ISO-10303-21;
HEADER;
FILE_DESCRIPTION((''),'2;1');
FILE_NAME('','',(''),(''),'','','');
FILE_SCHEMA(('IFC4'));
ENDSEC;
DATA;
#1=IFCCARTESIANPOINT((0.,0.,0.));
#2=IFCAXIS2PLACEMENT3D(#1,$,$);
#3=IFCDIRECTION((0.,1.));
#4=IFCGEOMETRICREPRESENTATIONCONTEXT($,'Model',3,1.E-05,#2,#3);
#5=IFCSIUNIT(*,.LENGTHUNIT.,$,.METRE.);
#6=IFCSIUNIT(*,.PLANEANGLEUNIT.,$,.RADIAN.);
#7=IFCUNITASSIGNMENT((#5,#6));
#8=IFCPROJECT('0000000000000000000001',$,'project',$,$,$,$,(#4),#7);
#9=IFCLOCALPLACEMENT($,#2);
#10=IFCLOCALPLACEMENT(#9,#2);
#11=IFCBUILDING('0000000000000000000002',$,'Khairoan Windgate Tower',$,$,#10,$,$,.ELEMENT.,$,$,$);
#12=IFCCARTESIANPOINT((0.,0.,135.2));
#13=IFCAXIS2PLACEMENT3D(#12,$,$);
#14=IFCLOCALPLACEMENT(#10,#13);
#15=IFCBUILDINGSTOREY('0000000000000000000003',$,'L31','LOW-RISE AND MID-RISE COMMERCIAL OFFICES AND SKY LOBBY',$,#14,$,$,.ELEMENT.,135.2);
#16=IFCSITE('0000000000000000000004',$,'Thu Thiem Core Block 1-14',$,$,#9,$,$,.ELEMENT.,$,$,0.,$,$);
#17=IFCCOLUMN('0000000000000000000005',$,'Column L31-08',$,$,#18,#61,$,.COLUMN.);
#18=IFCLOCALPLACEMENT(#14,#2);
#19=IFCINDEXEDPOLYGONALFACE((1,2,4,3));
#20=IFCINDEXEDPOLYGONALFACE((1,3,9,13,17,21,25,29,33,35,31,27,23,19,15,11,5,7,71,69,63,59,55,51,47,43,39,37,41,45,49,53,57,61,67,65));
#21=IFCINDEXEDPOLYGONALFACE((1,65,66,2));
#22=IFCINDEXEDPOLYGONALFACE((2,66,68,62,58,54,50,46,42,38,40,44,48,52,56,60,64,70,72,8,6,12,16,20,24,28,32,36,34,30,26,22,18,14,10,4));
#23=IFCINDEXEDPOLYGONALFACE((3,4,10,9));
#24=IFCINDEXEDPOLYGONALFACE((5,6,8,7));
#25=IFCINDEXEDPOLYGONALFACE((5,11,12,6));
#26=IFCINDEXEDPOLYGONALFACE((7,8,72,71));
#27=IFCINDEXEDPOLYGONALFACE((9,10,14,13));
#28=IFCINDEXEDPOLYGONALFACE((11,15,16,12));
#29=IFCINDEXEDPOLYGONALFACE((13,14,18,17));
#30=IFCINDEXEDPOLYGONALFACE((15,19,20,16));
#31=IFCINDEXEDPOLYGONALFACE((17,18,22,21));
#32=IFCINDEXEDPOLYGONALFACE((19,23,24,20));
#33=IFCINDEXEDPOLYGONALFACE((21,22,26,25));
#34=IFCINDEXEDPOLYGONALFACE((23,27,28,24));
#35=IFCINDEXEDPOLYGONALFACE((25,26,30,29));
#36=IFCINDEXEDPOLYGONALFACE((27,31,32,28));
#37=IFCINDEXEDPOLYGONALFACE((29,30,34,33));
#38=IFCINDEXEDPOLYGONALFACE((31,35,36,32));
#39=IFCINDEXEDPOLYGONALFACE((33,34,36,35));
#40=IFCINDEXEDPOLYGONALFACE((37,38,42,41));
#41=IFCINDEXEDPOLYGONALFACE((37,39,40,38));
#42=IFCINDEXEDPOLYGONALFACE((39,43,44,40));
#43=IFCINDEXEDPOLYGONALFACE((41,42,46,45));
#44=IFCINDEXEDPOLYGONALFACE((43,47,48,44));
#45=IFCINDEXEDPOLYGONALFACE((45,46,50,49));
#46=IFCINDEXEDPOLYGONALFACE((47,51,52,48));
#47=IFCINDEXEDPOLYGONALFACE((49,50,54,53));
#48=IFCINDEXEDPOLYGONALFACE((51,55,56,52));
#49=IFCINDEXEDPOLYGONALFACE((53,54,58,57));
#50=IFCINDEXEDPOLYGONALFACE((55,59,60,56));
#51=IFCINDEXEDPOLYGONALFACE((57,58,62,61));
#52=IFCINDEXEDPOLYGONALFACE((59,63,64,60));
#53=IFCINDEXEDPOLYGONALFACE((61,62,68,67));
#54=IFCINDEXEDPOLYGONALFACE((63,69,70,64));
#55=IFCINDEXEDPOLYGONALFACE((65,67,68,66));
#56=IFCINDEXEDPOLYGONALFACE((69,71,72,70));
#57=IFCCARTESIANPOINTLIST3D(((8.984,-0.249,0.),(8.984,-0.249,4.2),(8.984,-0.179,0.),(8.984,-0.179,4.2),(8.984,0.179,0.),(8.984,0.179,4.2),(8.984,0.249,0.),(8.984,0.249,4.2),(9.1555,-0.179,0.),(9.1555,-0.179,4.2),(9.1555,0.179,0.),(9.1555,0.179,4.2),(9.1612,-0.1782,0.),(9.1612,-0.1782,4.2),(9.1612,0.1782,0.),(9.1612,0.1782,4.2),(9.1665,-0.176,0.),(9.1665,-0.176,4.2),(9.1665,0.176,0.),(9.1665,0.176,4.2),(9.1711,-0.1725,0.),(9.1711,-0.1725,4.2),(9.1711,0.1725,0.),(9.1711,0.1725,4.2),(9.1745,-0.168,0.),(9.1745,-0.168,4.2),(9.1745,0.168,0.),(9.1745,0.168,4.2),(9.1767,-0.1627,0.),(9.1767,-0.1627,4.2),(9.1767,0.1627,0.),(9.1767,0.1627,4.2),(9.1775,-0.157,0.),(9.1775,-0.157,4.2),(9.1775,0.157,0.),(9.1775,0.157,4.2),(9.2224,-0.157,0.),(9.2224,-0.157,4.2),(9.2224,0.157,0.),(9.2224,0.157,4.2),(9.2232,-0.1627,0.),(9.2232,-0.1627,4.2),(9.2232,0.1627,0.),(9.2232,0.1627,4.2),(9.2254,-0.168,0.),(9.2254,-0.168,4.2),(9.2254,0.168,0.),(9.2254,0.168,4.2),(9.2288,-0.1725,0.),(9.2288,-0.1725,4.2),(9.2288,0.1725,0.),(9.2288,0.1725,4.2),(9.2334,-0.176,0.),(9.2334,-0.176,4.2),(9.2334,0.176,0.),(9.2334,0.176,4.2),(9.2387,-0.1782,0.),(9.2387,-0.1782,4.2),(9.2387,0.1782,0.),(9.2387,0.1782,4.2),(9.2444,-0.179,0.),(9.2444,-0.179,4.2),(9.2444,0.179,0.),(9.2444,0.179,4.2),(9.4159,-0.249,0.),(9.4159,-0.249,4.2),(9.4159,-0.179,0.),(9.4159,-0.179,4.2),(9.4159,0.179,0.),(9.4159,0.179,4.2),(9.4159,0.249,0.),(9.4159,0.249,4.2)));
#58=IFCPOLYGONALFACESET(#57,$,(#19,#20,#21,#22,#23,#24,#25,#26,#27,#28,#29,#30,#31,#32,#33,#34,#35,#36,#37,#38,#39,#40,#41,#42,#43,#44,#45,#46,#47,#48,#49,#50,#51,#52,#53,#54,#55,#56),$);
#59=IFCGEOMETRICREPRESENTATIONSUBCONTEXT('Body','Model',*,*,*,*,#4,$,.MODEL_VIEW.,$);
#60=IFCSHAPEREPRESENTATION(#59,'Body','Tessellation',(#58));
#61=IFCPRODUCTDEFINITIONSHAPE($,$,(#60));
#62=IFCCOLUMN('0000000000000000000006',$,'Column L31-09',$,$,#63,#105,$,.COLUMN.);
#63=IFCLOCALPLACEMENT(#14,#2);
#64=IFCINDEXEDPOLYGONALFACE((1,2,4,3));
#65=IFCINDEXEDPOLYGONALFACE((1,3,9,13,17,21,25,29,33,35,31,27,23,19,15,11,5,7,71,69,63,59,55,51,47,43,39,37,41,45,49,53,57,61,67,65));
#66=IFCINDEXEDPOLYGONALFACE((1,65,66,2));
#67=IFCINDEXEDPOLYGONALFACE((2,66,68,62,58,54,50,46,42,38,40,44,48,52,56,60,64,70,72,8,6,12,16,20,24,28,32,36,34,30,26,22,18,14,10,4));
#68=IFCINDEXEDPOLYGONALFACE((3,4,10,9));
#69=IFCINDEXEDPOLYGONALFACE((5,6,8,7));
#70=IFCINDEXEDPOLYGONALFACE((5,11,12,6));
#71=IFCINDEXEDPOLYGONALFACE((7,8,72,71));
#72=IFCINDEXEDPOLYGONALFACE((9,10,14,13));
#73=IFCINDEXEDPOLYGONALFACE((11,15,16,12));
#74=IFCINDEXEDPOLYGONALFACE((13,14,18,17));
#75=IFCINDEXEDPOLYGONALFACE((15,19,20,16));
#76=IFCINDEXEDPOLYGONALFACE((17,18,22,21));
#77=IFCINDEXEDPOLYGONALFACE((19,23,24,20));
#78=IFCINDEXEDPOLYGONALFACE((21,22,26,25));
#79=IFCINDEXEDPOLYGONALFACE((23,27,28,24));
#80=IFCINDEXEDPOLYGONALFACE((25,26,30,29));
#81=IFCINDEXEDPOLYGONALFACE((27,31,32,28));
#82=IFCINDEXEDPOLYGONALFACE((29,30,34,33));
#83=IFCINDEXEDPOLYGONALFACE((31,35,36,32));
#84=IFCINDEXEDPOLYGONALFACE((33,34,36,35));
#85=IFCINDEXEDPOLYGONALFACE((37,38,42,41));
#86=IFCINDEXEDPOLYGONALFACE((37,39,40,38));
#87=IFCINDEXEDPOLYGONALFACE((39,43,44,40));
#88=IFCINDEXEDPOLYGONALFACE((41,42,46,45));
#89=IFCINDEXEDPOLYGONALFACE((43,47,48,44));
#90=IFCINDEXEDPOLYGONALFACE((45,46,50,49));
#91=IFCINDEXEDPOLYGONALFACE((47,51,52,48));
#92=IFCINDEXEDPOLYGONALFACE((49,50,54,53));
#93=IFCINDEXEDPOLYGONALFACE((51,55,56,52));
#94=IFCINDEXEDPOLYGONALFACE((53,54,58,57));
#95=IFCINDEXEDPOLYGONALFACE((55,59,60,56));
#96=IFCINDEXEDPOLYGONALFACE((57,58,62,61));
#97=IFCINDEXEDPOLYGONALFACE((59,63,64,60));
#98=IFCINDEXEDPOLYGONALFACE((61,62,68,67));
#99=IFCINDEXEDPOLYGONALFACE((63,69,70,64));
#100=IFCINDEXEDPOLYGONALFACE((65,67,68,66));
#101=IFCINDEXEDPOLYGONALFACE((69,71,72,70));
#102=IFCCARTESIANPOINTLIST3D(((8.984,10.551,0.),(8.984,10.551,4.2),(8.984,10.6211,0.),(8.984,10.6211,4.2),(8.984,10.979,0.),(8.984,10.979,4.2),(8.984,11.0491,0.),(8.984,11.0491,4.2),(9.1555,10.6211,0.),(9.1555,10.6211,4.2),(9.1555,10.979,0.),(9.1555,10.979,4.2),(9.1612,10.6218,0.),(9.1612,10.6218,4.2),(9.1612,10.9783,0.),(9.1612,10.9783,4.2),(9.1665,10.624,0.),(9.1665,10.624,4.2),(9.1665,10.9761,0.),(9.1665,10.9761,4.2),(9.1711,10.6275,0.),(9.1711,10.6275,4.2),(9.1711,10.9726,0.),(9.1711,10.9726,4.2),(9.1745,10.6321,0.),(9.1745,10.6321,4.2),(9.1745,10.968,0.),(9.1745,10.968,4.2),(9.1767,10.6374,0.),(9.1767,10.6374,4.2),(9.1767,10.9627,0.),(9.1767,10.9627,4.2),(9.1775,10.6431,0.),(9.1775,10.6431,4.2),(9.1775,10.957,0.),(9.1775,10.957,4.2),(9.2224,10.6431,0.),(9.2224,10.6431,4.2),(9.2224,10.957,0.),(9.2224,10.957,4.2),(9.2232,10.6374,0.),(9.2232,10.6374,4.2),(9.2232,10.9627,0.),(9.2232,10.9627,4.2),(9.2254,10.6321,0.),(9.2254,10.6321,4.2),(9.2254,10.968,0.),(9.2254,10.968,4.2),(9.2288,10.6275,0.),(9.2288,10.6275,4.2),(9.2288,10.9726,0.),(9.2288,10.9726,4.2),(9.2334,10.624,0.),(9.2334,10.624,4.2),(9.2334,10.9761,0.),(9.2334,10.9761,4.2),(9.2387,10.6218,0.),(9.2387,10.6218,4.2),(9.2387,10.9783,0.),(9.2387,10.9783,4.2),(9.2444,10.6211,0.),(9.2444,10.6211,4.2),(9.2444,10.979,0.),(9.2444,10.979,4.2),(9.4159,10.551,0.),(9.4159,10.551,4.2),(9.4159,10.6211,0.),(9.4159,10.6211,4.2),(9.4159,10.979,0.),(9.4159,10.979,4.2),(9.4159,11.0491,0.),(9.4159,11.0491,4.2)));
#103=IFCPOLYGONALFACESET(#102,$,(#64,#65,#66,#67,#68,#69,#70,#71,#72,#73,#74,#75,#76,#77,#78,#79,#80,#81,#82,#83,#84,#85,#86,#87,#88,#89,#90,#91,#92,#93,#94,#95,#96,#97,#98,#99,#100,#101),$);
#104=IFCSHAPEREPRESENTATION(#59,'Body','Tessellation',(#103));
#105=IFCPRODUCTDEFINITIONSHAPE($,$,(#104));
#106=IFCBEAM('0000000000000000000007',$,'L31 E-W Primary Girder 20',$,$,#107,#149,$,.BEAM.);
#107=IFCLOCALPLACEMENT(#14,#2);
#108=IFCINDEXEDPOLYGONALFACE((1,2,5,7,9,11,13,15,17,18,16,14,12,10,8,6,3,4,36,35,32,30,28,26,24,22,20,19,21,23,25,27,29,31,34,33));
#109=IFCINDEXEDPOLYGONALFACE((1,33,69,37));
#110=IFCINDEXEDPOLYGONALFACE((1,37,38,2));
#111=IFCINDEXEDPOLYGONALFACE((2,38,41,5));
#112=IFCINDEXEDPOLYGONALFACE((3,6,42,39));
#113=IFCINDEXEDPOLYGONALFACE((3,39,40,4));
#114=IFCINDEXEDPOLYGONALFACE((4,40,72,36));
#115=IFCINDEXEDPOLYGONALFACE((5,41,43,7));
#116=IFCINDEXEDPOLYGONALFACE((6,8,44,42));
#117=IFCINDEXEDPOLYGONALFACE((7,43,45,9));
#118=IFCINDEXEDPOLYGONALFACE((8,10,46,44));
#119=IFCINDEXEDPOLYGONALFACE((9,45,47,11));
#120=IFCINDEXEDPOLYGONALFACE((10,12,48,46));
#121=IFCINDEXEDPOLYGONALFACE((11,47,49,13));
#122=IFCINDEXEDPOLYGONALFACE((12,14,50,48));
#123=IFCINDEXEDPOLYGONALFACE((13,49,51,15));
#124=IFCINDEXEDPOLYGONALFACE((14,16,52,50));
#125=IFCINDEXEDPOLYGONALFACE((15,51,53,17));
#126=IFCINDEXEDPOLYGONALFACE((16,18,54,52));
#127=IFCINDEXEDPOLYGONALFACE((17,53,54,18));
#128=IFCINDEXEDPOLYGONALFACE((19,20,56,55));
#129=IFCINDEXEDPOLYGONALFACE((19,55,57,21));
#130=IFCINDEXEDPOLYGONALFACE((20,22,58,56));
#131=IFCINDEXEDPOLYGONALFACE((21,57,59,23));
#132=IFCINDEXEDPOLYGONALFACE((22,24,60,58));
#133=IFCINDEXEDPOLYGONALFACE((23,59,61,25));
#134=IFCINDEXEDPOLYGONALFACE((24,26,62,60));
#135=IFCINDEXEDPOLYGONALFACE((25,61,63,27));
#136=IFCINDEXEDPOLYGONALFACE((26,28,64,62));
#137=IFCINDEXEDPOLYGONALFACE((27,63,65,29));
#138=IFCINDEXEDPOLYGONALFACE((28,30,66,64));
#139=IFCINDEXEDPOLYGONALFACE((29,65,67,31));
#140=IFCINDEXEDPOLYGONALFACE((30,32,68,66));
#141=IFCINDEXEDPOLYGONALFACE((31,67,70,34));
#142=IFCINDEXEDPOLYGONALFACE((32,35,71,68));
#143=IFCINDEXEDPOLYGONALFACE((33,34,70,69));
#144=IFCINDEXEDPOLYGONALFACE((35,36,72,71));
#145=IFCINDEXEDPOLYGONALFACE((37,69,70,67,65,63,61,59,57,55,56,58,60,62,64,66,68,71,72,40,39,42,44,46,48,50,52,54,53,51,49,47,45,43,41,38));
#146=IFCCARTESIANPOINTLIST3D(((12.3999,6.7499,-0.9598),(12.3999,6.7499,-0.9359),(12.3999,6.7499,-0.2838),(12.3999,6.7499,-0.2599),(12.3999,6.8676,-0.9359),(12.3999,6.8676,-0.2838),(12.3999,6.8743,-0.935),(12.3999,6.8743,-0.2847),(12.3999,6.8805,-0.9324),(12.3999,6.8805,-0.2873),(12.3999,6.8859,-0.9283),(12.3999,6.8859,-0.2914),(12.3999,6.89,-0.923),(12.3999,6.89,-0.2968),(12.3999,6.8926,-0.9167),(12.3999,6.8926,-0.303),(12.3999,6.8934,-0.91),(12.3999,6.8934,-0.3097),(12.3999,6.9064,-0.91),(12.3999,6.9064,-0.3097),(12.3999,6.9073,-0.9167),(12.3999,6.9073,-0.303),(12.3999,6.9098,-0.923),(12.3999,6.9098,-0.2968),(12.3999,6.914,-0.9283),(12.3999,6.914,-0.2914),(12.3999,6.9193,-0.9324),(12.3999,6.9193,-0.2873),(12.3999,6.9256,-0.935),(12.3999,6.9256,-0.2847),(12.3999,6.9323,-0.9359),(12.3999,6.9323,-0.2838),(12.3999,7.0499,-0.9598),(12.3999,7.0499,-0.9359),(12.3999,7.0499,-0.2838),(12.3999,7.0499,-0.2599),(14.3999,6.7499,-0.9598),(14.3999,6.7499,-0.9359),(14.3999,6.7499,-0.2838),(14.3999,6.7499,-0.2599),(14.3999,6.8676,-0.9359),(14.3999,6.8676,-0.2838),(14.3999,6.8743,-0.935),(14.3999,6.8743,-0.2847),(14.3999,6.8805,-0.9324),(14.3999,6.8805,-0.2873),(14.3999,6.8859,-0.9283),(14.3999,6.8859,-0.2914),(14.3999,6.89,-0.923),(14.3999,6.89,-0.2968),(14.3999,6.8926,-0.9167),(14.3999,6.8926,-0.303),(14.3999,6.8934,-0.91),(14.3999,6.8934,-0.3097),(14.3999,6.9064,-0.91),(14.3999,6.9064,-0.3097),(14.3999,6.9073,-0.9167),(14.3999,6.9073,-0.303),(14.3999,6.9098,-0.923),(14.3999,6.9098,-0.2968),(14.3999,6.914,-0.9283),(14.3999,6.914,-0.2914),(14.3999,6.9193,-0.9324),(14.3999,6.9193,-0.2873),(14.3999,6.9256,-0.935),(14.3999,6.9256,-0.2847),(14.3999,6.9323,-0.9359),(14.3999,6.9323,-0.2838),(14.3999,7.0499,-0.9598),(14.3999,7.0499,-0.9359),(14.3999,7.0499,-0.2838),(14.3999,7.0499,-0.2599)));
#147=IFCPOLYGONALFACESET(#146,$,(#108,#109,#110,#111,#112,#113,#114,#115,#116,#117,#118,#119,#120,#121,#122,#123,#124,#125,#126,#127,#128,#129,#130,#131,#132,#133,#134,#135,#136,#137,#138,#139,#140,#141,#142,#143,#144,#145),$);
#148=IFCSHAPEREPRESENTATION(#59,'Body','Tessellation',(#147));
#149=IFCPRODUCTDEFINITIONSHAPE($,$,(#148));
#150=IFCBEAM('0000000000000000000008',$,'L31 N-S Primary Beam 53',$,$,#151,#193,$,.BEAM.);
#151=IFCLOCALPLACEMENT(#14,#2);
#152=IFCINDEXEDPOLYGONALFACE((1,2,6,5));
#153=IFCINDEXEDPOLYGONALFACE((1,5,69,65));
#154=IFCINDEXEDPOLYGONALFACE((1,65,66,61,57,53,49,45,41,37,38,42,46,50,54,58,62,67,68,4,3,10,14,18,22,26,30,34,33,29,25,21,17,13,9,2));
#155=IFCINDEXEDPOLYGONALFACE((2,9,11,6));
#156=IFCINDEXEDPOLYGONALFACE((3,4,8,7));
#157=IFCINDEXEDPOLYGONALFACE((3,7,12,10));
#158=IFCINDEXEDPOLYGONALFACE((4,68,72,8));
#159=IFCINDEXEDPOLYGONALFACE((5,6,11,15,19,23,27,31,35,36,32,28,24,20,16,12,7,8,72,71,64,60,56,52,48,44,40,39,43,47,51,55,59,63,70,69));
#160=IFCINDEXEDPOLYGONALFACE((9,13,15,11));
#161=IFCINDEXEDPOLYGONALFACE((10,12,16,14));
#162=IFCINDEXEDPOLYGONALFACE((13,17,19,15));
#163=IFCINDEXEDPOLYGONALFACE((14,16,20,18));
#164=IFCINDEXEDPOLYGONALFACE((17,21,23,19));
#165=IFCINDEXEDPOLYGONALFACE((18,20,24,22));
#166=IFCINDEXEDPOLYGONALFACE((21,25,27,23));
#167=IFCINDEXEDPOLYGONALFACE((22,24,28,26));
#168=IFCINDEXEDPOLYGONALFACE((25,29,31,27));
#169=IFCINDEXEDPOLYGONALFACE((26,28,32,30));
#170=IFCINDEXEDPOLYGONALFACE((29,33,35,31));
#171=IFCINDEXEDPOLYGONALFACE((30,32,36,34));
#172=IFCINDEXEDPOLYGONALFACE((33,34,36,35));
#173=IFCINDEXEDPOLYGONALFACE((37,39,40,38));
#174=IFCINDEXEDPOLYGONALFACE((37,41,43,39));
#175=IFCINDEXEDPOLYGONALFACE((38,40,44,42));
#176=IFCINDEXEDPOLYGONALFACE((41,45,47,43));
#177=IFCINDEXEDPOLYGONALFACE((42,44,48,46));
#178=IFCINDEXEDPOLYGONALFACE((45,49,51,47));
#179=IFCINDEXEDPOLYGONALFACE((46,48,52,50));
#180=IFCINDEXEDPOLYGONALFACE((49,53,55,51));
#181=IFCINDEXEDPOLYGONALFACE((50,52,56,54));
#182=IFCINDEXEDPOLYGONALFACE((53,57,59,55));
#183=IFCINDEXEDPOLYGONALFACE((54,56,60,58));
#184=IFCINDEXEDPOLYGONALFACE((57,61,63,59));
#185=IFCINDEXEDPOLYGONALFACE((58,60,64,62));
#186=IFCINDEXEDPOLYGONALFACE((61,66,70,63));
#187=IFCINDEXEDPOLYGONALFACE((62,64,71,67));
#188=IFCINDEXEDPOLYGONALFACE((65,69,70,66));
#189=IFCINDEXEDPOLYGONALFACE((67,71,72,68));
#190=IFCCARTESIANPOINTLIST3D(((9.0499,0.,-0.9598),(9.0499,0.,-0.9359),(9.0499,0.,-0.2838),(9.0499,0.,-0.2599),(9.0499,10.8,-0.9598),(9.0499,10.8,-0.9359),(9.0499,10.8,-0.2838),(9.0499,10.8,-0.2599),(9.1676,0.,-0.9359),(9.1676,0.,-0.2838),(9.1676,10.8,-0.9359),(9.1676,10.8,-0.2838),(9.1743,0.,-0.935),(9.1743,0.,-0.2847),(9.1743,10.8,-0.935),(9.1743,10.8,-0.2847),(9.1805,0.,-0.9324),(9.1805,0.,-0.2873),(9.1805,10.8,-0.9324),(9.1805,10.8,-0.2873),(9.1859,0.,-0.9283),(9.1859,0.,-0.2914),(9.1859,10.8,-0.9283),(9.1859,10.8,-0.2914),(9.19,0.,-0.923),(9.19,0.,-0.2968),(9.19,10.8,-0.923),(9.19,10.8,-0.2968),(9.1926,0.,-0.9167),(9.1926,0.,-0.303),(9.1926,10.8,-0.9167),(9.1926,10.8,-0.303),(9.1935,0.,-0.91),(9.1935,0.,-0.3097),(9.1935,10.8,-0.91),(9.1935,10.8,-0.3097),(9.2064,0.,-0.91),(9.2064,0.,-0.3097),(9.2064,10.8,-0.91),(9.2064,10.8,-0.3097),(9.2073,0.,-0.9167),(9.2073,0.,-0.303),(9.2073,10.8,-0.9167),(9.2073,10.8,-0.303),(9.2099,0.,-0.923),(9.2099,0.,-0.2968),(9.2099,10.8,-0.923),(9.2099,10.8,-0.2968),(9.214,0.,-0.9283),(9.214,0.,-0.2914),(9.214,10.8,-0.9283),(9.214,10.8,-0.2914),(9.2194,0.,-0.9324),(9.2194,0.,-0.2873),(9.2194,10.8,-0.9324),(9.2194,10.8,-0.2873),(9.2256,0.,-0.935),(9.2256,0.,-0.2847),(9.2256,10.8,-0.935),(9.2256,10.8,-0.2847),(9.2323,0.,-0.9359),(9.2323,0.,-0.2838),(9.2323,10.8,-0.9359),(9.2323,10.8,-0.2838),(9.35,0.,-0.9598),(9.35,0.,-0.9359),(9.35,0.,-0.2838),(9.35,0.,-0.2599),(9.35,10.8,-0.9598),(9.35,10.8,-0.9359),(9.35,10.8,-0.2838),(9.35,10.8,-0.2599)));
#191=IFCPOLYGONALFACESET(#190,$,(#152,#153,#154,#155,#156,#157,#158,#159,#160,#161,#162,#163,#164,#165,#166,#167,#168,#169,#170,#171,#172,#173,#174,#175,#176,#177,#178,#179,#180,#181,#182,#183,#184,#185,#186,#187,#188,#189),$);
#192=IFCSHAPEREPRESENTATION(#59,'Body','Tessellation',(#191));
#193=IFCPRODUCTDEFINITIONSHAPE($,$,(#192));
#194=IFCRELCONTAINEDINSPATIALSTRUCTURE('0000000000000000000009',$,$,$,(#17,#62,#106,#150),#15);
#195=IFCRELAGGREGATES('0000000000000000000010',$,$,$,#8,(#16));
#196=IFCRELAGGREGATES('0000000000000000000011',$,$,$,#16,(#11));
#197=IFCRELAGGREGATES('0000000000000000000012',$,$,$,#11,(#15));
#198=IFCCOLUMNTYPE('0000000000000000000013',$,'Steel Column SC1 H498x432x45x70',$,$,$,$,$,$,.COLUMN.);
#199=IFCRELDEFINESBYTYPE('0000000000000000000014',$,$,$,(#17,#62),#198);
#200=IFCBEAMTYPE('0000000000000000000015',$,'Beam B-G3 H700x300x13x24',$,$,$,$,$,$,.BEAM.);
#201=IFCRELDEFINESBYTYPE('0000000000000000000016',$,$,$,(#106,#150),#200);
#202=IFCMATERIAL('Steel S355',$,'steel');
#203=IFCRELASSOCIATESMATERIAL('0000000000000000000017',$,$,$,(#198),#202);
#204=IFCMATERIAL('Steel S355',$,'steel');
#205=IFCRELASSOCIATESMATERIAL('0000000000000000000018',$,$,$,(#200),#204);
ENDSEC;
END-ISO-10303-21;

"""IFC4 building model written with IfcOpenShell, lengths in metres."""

from ifc_helpers import new_model, si_unit, direction, frame, origin, origin_2d, place, context, subcontext, project, spatial, i_section, extrude, material, material_profile, profile_set, type_object, element, save


model = new_model("IFC4")

# Units and contexts
model_context = context("Model", 3, precision=1e-05, world=origin(), true_north=direction((0.0, 1.0)))
body_context = subcontext(model_context, "Body", "Model", "MODEL_VIEW")
ifc_project = project(units=[si_unit("LENGTHUNIT", "METRE"), si_unit("PLANEANGLEUNIT", "RADIAN")], contexts=[model_context])

# Site, building, storey
site_placement = place(None, origin())
site = spatial("IfcSite", under=ifc_project, at=site_placement, Name="Thu Thiem Core Block 1-14", CompositionType="ELEMENT", RefElevation=0.0)
building_placement = place(site_placement, origin())
building = spatial("IfcBuilding", under=site, at=building_placement, Name="Khairoan Windgate Tower", CompositionType="ELEMENT")
storey_placement = place(building_placement, frame((0.0, 0.0, 135.2)))
storey = spatial("IfcBuildingStorey", under=building, at=storey_placement, Name="L31", Description="LOW-RISE AND MID-RISE COMMERCIAL OFFICES AND SKY LOBBY", CompositionType="ELEMENT", Elevation=135.2)

# Columns
ifc_material_1 = material(Name="Steel S355", Category="steel")
ifc_material_profile_1 = material_profile(ifc_material_1, i_section(OverallWidth=0.4319, OverallDepth=0.498, WebThickness=0.0449, FlangeThickness=0.0701, FilletRadius=0.022, at=origin_2d()))
ifc_profile_set_1 = profile_set([ifc_material_profile_1], Name="Steel S355")
column_type = type_object("IfcColumnType", Name="Steel Column SC1 H498x432x45x70", PredefinedType="COLUMN", material=ifc_profile_set_1)
for number, where, z_axis, x_axis, name in (
    (1, (9.2, 0.0, 0.0), (0.0, 0.0, 1.0), (1.0, 0.0, 0.0), "Column L31-08"),
    (2, (9.2, 10.8, 0.0), (0.0, 0.0, 1.0), (1.0, 0.0, 0.0), "Column L31-09"),
):
    element("IfcColumn", number, at=place(storey_placement, frame(where, z_axis=z_axis, x_axis=x_axis)), inside=storey, type_object=column_type, Name=name, PredefinedType="COLUMN", context=body_context, shape_type="SweptSolid", body=[
        extrude(i_section(OverallWidth=0.4319, OverallDepth=0.498, WebThickness=0.0449, FlangeThickness=0.0701, FilletRadius=0.022, at=origin_2d()), origin(), (0.0, 0.0, 1.0), 4.2),
    ])

# Beams
ifc_material_2 = material(Name="Steel S355", Category="steel")
ifc_material_profile_2 = material_profile(ifc_material_2, i_section(OverallWidth=0.3, OverallDepth=0.7, WebThickness=0.0129, FlangeThickness=0.0239, FilletRadius=0.0259, at=origin_2d()))
ifc_profile_set_2 = profile_set([ifc_material_profile_2], Name="Steel S355")
beam_type_1 = type_object("IfcBeamType", Name="Beam B-G3 H700x300x13x24", PredefinedType="BEAM", material=ifc_profile_set_2)
beam_1_placement = place(storey_placement, frame((12.3999, 6.8999, -0.6099), z_axis=(1.0, 0.0, 0.0), x_axis=(0.0, 1.0, 0.0)))
element("IfcBeam", 3, at=beam_1_placement, inside=storey, type_object=beam_type_1, Name="L31 E-W Primary Girder 20", PredefinedType="BEAM", context=body_context, shape_type="SweptSolid", body=[
    extrude(i_section(OverallWidth=0.3, OverallDepth=0.7, WebThickness=0.0129, FlangeThickness=0.0239, FilletRadius=0.0259, at=origin_2d()), origin(), (0.0, 0.0, 1.0), 2.0),
])
beam_2_placement = place(storey_placement, frame((9.2, 0.0, -0.6099), z_axis=(0.0, 1.0, 0.0), x_axis=(-1.0, 0.0, 0.0)))
element("IfcBeam", 4, at=beam_2_placement, inside=storey, type_object=beam_type_1, Name="L31 N-S Primary Beam 53", PredefinedType="BEAM", context=body_context, shape_type="SweptSolid", body=[
    extrude(i_section(OverallWidth=0.3, OverallDepth=0.7, WebThickness=0.0129, FlangeThickness=0.0239, FilletRadius=0.0259, at=origin_2d()), origin(), (0.0, 0.0, 1.0), 10.8),
])

save(model, "model.ifc")
